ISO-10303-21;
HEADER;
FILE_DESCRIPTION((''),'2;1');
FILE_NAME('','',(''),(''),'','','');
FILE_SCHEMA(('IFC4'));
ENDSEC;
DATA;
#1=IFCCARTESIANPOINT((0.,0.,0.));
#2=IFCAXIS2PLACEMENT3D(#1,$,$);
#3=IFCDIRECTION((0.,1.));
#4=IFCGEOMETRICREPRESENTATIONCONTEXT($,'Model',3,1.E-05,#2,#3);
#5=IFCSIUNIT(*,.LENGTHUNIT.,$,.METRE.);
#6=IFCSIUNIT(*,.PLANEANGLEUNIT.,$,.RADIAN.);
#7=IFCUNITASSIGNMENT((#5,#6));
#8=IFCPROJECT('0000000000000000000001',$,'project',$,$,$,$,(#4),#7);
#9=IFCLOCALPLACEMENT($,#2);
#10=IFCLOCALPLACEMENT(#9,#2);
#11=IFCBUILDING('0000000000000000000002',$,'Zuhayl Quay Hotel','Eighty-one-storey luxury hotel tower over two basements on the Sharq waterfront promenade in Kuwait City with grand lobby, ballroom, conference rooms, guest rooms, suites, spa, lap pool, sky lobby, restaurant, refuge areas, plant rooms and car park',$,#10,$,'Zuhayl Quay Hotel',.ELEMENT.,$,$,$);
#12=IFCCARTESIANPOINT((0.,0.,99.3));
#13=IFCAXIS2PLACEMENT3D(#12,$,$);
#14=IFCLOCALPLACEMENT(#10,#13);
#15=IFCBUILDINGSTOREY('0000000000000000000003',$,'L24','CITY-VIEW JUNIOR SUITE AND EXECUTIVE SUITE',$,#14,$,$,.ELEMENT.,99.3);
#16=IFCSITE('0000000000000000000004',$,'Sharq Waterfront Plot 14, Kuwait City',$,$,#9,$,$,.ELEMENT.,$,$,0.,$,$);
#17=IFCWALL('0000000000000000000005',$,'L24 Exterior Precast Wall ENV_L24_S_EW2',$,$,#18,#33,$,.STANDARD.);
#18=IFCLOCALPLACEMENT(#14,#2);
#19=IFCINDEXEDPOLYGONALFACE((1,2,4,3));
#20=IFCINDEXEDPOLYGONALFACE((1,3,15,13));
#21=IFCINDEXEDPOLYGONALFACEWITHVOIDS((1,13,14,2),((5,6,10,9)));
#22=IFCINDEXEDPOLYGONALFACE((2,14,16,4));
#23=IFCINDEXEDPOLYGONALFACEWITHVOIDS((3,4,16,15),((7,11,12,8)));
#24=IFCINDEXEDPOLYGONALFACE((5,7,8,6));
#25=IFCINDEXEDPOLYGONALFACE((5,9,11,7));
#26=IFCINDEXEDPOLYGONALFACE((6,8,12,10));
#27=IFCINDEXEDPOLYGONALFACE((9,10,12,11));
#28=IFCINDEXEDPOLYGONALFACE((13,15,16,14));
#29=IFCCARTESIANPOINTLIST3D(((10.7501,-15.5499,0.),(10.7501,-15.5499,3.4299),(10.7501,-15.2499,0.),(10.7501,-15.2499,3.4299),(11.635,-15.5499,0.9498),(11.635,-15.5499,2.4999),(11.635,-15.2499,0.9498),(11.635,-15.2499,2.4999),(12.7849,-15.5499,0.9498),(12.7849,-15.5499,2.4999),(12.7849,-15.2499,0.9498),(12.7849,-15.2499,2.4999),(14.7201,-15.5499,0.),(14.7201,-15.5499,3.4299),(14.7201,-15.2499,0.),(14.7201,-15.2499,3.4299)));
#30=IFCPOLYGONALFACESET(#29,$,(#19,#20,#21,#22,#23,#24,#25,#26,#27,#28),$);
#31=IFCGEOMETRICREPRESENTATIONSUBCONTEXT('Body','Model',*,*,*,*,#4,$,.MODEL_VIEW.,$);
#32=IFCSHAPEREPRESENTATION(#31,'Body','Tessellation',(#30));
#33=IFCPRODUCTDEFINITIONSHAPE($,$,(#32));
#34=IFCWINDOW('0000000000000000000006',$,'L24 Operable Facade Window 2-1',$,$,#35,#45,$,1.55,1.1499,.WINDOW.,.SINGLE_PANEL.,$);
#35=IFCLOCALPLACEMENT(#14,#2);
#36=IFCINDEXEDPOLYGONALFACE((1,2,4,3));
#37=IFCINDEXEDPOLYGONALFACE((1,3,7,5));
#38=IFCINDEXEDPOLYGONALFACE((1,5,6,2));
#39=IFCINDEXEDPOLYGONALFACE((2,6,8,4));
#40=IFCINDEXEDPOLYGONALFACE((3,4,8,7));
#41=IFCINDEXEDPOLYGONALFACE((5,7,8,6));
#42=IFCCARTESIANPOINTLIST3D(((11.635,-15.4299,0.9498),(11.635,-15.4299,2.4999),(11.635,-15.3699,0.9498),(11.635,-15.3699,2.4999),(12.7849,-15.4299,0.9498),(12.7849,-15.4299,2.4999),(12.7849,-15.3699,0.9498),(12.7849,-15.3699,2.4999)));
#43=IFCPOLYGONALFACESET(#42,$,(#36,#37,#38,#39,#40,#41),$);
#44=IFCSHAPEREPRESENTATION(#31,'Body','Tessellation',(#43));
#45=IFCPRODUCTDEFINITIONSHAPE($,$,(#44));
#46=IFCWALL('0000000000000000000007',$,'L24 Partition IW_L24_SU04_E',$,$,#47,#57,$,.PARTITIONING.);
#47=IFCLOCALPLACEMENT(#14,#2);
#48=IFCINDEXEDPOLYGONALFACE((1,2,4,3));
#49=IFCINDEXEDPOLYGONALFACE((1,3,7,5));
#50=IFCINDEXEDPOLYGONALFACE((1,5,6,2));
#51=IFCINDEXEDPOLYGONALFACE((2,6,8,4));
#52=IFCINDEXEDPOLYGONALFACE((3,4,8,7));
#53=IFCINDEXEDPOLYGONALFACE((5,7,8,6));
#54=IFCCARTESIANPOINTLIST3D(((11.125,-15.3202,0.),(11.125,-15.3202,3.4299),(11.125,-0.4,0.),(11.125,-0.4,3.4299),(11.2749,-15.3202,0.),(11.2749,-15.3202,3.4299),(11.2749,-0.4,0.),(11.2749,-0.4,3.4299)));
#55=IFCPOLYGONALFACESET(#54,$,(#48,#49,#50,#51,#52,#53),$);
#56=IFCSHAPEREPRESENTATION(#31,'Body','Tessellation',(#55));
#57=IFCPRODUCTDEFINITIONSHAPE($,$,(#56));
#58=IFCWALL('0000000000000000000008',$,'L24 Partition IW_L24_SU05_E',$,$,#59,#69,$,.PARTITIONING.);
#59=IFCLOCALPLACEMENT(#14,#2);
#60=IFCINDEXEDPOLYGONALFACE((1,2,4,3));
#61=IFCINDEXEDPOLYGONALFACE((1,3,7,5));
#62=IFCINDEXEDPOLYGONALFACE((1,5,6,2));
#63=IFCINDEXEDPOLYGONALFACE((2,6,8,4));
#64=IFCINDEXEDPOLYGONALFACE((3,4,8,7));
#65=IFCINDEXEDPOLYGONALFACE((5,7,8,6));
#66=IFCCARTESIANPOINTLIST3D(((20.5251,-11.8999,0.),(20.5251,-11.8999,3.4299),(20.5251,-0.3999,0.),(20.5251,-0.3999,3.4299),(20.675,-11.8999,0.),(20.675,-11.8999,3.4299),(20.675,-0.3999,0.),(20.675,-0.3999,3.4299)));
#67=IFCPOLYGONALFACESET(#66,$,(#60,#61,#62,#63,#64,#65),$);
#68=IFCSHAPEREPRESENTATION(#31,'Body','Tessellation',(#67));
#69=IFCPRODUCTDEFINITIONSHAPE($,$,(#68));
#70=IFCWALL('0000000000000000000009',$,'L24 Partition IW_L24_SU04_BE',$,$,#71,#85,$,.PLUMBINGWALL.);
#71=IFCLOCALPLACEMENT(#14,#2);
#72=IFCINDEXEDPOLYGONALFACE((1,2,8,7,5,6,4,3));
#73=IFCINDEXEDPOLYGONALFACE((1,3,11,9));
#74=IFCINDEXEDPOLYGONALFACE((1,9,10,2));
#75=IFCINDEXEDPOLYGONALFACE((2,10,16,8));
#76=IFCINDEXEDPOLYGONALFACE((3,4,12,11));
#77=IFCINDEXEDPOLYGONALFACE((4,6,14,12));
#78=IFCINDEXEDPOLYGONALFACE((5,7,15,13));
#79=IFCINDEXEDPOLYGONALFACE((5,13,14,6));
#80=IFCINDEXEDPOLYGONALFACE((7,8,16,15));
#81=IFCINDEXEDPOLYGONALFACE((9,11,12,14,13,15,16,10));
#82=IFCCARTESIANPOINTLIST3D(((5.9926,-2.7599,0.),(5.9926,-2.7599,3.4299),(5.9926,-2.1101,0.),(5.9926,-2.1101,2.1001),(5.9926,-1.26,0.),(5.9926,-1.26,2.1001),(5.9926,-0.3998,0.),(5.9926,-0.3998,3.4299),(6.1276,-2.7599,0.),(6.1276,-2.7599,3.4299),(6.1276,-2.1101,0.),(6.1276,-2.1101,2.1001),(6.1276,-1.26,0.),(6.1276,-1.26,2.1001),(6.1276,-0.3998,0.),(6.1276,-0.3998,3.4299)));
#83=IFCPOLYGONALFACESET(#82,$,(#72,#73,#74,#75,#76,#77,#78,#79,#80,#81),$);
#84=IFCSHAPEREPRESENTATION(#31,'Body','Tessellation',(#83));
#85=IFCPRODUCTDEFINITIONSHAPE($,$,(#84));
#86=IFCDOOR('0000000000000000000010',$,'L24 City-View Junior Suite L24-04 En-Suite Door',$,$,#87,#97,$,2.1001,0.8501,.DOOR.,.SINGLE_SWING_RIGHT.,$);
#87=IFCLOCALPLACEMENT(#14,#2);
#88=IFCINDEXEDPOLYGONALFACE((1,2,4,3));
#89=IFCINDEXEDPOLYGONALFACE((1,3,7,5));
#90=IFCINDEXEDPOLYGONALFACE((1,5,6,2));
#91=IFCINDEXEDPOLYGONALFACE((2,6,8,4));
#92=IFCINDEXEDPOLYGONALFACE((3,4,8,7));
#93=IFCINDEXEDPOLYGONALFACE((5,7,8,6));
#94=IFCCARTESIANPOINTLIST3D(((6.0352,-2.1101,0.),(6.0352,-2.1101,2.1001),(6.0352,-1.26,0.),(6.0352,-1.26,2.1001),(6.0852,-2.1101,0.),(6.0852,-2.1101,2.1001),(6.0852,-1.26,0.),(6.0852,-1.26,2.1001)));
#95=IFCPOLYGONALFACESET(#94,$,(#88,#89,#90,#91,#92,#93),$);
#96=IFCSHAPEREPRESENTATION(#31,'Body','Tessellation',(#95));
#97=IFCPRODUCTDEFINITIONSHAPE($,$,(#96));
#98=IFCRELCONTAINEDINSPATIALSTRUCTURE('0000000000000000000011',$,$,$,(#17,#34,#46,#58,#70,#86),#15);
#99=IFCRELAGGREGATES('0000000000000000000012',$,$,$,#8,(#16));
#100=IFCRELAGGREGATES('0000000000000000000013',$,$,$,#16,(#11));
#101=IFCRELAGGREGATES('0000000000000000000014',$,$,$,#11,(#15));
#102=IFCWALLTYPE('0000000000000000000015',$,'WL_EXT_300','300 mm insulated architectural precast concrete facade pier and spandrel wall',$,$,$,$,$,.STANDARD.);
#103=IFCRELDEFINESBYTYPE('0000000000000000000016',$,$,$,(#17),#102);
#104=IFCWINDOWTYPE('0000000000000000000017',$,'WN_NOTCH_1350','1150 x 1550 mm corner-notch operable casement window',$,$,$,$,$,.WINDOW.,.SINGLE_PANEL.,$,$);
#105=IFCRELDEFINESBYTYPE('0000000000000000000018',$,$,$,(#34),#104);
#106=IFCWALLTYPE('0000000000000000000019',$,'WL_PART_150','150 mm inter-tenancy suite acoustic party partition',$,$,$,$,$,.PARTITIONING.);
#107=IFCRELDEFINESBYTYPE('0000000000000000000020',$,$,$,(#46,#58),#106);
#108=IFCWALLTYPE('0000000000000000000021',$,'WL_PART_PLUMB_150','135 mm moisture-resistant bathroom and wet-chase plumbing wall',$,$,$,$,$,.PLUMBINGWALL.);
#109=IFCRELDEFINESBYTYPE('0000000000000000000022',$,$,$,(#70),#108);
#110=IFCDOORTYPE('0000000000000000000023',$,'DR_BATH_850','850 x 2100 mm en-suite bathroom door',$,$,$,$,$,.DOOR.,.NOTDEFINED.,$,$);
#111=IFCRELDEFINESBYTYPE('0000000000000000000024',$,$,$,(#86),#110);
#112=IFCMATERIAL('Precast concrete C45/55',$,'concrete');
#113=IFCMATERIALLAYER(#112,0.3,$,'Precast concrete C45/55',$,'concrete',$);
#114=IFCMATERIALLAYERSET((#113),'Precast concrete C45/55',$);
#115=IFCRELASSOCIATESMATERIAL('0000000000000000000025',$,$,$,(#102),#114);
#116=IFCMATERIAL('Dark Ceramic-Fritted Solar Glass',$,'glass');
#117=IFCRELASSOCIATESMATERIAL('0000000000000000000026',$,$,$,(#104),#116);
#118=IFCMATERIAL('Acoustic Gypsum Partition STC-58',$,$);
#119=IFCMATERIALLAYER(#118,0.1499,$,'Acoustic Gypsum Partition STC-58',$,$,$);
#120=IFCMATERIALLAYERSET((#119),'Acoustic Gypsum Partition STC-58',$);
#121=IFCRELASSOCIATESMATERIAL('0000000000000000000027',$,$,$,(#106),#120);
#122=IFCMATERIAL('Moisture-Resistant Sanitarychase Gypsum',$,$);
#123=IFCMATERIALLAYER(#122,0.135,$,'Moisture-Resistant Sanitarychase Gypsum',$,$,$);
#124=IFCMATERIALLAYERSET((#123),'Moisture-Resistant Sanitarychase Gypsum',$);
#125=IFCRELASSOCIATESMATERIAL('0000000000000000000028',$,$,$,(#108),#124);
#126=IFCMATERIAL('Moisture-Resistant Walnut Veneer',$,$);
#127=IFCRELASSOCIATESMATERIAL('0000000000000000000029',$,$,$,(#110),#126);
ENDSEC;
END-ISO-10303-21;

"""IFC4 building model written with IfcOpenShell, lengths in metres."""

from ifc_helpers import new_model, si_unit, direction, frame, frame_2d, origin, place, context, subcontext, project, spatial, rectangle, extrude, material, layer, layer_set, type_object, element, fill, save


model = new_model("IFC4")

# Units and contexts
model_context = context("Model", 3, precision=1e-05, world=origin(), true_north=direction((0.0, 1.0)))
body_context = subcontext(model_context, "Body", "Model", "MODEL_VIEW")
ifc_project = project(units=[si_unit("LENGTHUNIT", "METRE"), si_unit("PLANEANGLEUNIT", "RADIAN")], contexts=[model_context])

# Site, building, storey
site_placement = place(None, origin())
site = spatial("IfcSite", under=ifc_project, at=site_placement, Name="Sharq Waterfront Plot 14, Kuwait City", CompositionType="ELEMENT", RefElevation=0.0)
building_placement = place(site_placement, origin())
building = spatial("IfcBuilding", under=site, at=building_placement, Name="Zuhayl Quay Hotel", Description="Eighty-one-storey luxury hotel tower over two basements on the Sharq waterfront promenade in Kuwait City with grand lobby, ballroom, conference rooms, guest rooms, suites, spa, lap pool, sky lobby, restaurant, refuge areas, plant rooms and car park", LongName="Zuhayl Quay Hotel", CompositionType="ELEMENT")
storey_placement = place(building_placement, frame((0.0, 0.0, 99.3)))
storey = spatial("IfcBuildingStorey", under=building, at=storey_placement, Name="L24", Description="CITY-VIEW JUNIOR SUITE AND EXECUTIVE SUITE", CompositionType="ELEMENT", Elevation=99.3)

# Shared definitions
ifc_material_1 = material(Name="Dark Ceramic-Fritted Solar Glass", Category="glass")

# Shared definitions
ifc_material_2 = material(Name="Precast concrete C45/55", Category="concrete")
ifc_layer_1 = layer(ifc_material_2, 0.3, Name="Precast concrete C45/55", Category="concrete")
ifc_layer_set_1 = layer_set([ifc_layer_1], Name="Precast concrete C45/55")
wall_type_1 = type_object("IfcWallType", Name="WL_EXT_300", Description="300 mm insulated architectural precast concrete facade pier and spandrel wall", PredefinedType="STANDARD", material=ifc_layer_set_1)

# Shared definitions
window_type = type_object("IfcWindowType", Name="WN_NOTCH_1350", Description="1150 x 1550 mm corner-notch operable casement window", PartitioningType="SINGLE_PANEL", PredefinedType="WINDOW", material=ifc_material_1)

# Wall, opening, window
wall_1_placement = place(storey_placement, frame((14.72, -15.3999, 0.0), z_axis=(0.0, 0.0, 1.0), x_axis=(-1.0, 0.0, 0.0)))
wall_1 = element("IfcWall", 1, at=wall_1_placement, inside=storey, type_object=wall_type_1, Name="L24 Exterior Precast Wall ENV_L24_S_EW2", PredefinedType="STANDARD", context=body_context, shape_type="SweptSolid", body=[
    extrude(rectangle(XDim=3.97, YDim=0.3, at=frame_2d((1.9849, 0.0))), origin(), (0.0, 0.0, 1.0), 3.4299),
])
opening_1_placement = place(wall_1_placement, frame((1.9351, 0.0, 0.95)))
opening_1 = element("IfcOpeningElement", 2, at=opening_1_placement, cuts=wall_1, PredefinedType="OPENING", context=body_context, shape_type="SweptSolid", body=[
    extrude(rectangle(XDim=1.1499, YDim=1.55, at=frame_2d((0.575, 0.7749))), frame((0.0, 0.1599, 0.0), z_axis=(0.0, -1.0, 0.0), x_axis=(1.0, 0.0, 0.0)), (0.0, 0.0, 1.0), 0.3201),
])
window_1_placement = place(opening_1_placement, origin())
window_1 = element("IfcWindow", 3, at=window_1_placement, inside=storey, type_object=window_type, Name="L24 Operable Facade Window 2-1", OverallHeight=1.55, OverallWidth=1.1499, PartitioningType="SINGLE_PANEL", PredefinedType="WINDOW", context=body_context, shape_type="SweptSolid", body=[
    extrude(rectangle(XDim=1.1499, YDim=1.55, at=frame_2d((0.575, 0.7749))), frame((0.0, 0.03, 0.0), z_axis=(0.0, -1.0, 0.0), x_axis=(1.0, 0.0, 0.0)), (0.0, 0.0, 1.0), 0.0601),
])
fill(opening_1, window_1)

# Walls
ifc_material_3 = material(Name="Acoustic Gypsum Partition STC-58")
ifc_layer_2 = layer(ifc_material_3, 0.1499, Name="Acoustic Gypsum Partition STC-58")
ifc_layer_set_2 = layer_set([ifc_layer_2], Name="Acoustic Gypsum Partition STC-58")
wall_type_2 = type_object("IfcWallType", Name="WL_PART_150", Description="150 mm inter-tenancy suite acoustic party partition", PredefinedType="PARTITIONING", material=ifc_layer_set_2)
wall_2_placement = place(storey_placement, frame((11.2, -15.3201, 0.0), z_axis=(0.0, 0.0, 1.0), x_axis=(0.0, 1.0, 0.0)))
element("IfcWall", 4, at=wall_2_placement, inside=storey, type_object=wall_type_2, Name="L24 Partition IW_L24_SU04_E", PredefinedType="PARTITIONING", context=body_context, shape_type="SweptSolid", body=[
    extrude(rectangle(XDim=14.9202, YDim=0.1499, at=frame_2d((7.46, 0.0))), origin(), (0.0, 0.0, 1.0), 3.4299),
])
wall_3_placement = place(storey_placement, frame((20.6001, -11.8999, 0.0), z_axis=(0.0, 0.0, 1.0), x_axis=(0.0, 1.0, 0.0)))
element("IfcWall", 5, at=wall_3_placement, inside=storey, type_object=wall_type_2, Name="L24 Partition IW_L24_SU05_E", PredefinedType="PARTITIONING", context=body_context, shape_type="SweptSolid", body=[
    extrude(rectangle(XDim=11.5, YDim=0.1499, at=frame_2d((5.75, 0.0))), origin(), (0.0, 0.0, 1.0), 3.4299),
])

# Wall, opening, door
ifc_material_4 = material(Name="Moisture-Resistant Sanitarychase Gypsum")
ifc_layer_3 = layer(ifc_material_4, 0.135, Name="Moisture-Resistant Sanitarychase Gypsum")
ifc_layer_set_3 = layer_set([ifc_layer_3], Name="Moisture-Resistant Sanitarychase Gypsum")
wall_type_3 = type_object("IfcWallType", Name="WL_PART_PLUMB_150", Description="135 mm moisture-resistant bathroom and wet-chase plumbing wall", PredefinedType="PLUMBINGWALL", material=ifc_layer_set_3)
wall_4_placement = place(storey_placement, frame((6.0601, -2.76, 0.0), z_axis=(0.0, 0.0, 1.0), x_axis=(0.0, 1.0, 0.0)))
wall_4 = element("IfcWall", 6, at=wall_4_placement, inside=storey, type_object=wall_type_3, Name="L24 Partition IW_L24_SU04_BE", PredefinedType="PLUMBINGWALL", context=body_context, shape_type="SweptSolid", body=[
    extrude(rectangle(XDim=2.3601, YDim=0.135, at=frame_2d((1.1802, 0.0))), origin(), (0.0, 0.0, 1.0), 3.4299),
])
opening_2_placement = place(wall_4_placement, frame((0.6499, 0.0, 0.0)))
opening_2 = element("IfcOpeningElement", 7, at=opening_2_placement, cuts=wall_4, PredefinedType="OPENING", context=body_context, shape_type="SweptSolid", body=[
    extrude(rectangle(XDim=0.8501, YDim=2.1001, at=frame_2d((0.425, 1.05))), frame((0.0, 0.0774, 0.0), z_axis=(0.0, -1.0, 0.0), x_axis=(1.0, 0.0, 0.0)), (0.0, 0.0, 1.0), 0.155),
])
ifc_material_5 = material(Name="Moisture-Resistant Walnut Veneer")
door_type = type_object("IfcDoorType", Name="DR_BATH_850", Description="850 x 2100 mm en-suite bathroom door", OperationType="NOTDEFINED", PredefinedType="DOOR", material=ifc_material_5)
door_placement = place(opening_2_placement, origin())
door = element("IfcDoor", 8, at=door_placement, inside=storey, type_object=door_type, Name="L24 City-View Junior Suite L24-04 En-Suite Door", OperationType="SINGLE_SWING_RIGHT", OverallHeight=2.1001, OverallWidth=0.8501, PredefinedType="DOOR", context=body_context, shape_type="SweptSolid", body=[
    extrude(rectangle(XDim=0.8501, YDim=2.1001, at=frame_2d((0.425, 1.05))), frame((0.0, 0.0249, 0.0), z_axis=(0.0, -1.0, 0.0), x_axis=(1.0, 0.0, 0.0)), (0.0, 0.0, 1.0), 0.05),
])
fill(opening_2, door)

save(model, "model.ifc")
